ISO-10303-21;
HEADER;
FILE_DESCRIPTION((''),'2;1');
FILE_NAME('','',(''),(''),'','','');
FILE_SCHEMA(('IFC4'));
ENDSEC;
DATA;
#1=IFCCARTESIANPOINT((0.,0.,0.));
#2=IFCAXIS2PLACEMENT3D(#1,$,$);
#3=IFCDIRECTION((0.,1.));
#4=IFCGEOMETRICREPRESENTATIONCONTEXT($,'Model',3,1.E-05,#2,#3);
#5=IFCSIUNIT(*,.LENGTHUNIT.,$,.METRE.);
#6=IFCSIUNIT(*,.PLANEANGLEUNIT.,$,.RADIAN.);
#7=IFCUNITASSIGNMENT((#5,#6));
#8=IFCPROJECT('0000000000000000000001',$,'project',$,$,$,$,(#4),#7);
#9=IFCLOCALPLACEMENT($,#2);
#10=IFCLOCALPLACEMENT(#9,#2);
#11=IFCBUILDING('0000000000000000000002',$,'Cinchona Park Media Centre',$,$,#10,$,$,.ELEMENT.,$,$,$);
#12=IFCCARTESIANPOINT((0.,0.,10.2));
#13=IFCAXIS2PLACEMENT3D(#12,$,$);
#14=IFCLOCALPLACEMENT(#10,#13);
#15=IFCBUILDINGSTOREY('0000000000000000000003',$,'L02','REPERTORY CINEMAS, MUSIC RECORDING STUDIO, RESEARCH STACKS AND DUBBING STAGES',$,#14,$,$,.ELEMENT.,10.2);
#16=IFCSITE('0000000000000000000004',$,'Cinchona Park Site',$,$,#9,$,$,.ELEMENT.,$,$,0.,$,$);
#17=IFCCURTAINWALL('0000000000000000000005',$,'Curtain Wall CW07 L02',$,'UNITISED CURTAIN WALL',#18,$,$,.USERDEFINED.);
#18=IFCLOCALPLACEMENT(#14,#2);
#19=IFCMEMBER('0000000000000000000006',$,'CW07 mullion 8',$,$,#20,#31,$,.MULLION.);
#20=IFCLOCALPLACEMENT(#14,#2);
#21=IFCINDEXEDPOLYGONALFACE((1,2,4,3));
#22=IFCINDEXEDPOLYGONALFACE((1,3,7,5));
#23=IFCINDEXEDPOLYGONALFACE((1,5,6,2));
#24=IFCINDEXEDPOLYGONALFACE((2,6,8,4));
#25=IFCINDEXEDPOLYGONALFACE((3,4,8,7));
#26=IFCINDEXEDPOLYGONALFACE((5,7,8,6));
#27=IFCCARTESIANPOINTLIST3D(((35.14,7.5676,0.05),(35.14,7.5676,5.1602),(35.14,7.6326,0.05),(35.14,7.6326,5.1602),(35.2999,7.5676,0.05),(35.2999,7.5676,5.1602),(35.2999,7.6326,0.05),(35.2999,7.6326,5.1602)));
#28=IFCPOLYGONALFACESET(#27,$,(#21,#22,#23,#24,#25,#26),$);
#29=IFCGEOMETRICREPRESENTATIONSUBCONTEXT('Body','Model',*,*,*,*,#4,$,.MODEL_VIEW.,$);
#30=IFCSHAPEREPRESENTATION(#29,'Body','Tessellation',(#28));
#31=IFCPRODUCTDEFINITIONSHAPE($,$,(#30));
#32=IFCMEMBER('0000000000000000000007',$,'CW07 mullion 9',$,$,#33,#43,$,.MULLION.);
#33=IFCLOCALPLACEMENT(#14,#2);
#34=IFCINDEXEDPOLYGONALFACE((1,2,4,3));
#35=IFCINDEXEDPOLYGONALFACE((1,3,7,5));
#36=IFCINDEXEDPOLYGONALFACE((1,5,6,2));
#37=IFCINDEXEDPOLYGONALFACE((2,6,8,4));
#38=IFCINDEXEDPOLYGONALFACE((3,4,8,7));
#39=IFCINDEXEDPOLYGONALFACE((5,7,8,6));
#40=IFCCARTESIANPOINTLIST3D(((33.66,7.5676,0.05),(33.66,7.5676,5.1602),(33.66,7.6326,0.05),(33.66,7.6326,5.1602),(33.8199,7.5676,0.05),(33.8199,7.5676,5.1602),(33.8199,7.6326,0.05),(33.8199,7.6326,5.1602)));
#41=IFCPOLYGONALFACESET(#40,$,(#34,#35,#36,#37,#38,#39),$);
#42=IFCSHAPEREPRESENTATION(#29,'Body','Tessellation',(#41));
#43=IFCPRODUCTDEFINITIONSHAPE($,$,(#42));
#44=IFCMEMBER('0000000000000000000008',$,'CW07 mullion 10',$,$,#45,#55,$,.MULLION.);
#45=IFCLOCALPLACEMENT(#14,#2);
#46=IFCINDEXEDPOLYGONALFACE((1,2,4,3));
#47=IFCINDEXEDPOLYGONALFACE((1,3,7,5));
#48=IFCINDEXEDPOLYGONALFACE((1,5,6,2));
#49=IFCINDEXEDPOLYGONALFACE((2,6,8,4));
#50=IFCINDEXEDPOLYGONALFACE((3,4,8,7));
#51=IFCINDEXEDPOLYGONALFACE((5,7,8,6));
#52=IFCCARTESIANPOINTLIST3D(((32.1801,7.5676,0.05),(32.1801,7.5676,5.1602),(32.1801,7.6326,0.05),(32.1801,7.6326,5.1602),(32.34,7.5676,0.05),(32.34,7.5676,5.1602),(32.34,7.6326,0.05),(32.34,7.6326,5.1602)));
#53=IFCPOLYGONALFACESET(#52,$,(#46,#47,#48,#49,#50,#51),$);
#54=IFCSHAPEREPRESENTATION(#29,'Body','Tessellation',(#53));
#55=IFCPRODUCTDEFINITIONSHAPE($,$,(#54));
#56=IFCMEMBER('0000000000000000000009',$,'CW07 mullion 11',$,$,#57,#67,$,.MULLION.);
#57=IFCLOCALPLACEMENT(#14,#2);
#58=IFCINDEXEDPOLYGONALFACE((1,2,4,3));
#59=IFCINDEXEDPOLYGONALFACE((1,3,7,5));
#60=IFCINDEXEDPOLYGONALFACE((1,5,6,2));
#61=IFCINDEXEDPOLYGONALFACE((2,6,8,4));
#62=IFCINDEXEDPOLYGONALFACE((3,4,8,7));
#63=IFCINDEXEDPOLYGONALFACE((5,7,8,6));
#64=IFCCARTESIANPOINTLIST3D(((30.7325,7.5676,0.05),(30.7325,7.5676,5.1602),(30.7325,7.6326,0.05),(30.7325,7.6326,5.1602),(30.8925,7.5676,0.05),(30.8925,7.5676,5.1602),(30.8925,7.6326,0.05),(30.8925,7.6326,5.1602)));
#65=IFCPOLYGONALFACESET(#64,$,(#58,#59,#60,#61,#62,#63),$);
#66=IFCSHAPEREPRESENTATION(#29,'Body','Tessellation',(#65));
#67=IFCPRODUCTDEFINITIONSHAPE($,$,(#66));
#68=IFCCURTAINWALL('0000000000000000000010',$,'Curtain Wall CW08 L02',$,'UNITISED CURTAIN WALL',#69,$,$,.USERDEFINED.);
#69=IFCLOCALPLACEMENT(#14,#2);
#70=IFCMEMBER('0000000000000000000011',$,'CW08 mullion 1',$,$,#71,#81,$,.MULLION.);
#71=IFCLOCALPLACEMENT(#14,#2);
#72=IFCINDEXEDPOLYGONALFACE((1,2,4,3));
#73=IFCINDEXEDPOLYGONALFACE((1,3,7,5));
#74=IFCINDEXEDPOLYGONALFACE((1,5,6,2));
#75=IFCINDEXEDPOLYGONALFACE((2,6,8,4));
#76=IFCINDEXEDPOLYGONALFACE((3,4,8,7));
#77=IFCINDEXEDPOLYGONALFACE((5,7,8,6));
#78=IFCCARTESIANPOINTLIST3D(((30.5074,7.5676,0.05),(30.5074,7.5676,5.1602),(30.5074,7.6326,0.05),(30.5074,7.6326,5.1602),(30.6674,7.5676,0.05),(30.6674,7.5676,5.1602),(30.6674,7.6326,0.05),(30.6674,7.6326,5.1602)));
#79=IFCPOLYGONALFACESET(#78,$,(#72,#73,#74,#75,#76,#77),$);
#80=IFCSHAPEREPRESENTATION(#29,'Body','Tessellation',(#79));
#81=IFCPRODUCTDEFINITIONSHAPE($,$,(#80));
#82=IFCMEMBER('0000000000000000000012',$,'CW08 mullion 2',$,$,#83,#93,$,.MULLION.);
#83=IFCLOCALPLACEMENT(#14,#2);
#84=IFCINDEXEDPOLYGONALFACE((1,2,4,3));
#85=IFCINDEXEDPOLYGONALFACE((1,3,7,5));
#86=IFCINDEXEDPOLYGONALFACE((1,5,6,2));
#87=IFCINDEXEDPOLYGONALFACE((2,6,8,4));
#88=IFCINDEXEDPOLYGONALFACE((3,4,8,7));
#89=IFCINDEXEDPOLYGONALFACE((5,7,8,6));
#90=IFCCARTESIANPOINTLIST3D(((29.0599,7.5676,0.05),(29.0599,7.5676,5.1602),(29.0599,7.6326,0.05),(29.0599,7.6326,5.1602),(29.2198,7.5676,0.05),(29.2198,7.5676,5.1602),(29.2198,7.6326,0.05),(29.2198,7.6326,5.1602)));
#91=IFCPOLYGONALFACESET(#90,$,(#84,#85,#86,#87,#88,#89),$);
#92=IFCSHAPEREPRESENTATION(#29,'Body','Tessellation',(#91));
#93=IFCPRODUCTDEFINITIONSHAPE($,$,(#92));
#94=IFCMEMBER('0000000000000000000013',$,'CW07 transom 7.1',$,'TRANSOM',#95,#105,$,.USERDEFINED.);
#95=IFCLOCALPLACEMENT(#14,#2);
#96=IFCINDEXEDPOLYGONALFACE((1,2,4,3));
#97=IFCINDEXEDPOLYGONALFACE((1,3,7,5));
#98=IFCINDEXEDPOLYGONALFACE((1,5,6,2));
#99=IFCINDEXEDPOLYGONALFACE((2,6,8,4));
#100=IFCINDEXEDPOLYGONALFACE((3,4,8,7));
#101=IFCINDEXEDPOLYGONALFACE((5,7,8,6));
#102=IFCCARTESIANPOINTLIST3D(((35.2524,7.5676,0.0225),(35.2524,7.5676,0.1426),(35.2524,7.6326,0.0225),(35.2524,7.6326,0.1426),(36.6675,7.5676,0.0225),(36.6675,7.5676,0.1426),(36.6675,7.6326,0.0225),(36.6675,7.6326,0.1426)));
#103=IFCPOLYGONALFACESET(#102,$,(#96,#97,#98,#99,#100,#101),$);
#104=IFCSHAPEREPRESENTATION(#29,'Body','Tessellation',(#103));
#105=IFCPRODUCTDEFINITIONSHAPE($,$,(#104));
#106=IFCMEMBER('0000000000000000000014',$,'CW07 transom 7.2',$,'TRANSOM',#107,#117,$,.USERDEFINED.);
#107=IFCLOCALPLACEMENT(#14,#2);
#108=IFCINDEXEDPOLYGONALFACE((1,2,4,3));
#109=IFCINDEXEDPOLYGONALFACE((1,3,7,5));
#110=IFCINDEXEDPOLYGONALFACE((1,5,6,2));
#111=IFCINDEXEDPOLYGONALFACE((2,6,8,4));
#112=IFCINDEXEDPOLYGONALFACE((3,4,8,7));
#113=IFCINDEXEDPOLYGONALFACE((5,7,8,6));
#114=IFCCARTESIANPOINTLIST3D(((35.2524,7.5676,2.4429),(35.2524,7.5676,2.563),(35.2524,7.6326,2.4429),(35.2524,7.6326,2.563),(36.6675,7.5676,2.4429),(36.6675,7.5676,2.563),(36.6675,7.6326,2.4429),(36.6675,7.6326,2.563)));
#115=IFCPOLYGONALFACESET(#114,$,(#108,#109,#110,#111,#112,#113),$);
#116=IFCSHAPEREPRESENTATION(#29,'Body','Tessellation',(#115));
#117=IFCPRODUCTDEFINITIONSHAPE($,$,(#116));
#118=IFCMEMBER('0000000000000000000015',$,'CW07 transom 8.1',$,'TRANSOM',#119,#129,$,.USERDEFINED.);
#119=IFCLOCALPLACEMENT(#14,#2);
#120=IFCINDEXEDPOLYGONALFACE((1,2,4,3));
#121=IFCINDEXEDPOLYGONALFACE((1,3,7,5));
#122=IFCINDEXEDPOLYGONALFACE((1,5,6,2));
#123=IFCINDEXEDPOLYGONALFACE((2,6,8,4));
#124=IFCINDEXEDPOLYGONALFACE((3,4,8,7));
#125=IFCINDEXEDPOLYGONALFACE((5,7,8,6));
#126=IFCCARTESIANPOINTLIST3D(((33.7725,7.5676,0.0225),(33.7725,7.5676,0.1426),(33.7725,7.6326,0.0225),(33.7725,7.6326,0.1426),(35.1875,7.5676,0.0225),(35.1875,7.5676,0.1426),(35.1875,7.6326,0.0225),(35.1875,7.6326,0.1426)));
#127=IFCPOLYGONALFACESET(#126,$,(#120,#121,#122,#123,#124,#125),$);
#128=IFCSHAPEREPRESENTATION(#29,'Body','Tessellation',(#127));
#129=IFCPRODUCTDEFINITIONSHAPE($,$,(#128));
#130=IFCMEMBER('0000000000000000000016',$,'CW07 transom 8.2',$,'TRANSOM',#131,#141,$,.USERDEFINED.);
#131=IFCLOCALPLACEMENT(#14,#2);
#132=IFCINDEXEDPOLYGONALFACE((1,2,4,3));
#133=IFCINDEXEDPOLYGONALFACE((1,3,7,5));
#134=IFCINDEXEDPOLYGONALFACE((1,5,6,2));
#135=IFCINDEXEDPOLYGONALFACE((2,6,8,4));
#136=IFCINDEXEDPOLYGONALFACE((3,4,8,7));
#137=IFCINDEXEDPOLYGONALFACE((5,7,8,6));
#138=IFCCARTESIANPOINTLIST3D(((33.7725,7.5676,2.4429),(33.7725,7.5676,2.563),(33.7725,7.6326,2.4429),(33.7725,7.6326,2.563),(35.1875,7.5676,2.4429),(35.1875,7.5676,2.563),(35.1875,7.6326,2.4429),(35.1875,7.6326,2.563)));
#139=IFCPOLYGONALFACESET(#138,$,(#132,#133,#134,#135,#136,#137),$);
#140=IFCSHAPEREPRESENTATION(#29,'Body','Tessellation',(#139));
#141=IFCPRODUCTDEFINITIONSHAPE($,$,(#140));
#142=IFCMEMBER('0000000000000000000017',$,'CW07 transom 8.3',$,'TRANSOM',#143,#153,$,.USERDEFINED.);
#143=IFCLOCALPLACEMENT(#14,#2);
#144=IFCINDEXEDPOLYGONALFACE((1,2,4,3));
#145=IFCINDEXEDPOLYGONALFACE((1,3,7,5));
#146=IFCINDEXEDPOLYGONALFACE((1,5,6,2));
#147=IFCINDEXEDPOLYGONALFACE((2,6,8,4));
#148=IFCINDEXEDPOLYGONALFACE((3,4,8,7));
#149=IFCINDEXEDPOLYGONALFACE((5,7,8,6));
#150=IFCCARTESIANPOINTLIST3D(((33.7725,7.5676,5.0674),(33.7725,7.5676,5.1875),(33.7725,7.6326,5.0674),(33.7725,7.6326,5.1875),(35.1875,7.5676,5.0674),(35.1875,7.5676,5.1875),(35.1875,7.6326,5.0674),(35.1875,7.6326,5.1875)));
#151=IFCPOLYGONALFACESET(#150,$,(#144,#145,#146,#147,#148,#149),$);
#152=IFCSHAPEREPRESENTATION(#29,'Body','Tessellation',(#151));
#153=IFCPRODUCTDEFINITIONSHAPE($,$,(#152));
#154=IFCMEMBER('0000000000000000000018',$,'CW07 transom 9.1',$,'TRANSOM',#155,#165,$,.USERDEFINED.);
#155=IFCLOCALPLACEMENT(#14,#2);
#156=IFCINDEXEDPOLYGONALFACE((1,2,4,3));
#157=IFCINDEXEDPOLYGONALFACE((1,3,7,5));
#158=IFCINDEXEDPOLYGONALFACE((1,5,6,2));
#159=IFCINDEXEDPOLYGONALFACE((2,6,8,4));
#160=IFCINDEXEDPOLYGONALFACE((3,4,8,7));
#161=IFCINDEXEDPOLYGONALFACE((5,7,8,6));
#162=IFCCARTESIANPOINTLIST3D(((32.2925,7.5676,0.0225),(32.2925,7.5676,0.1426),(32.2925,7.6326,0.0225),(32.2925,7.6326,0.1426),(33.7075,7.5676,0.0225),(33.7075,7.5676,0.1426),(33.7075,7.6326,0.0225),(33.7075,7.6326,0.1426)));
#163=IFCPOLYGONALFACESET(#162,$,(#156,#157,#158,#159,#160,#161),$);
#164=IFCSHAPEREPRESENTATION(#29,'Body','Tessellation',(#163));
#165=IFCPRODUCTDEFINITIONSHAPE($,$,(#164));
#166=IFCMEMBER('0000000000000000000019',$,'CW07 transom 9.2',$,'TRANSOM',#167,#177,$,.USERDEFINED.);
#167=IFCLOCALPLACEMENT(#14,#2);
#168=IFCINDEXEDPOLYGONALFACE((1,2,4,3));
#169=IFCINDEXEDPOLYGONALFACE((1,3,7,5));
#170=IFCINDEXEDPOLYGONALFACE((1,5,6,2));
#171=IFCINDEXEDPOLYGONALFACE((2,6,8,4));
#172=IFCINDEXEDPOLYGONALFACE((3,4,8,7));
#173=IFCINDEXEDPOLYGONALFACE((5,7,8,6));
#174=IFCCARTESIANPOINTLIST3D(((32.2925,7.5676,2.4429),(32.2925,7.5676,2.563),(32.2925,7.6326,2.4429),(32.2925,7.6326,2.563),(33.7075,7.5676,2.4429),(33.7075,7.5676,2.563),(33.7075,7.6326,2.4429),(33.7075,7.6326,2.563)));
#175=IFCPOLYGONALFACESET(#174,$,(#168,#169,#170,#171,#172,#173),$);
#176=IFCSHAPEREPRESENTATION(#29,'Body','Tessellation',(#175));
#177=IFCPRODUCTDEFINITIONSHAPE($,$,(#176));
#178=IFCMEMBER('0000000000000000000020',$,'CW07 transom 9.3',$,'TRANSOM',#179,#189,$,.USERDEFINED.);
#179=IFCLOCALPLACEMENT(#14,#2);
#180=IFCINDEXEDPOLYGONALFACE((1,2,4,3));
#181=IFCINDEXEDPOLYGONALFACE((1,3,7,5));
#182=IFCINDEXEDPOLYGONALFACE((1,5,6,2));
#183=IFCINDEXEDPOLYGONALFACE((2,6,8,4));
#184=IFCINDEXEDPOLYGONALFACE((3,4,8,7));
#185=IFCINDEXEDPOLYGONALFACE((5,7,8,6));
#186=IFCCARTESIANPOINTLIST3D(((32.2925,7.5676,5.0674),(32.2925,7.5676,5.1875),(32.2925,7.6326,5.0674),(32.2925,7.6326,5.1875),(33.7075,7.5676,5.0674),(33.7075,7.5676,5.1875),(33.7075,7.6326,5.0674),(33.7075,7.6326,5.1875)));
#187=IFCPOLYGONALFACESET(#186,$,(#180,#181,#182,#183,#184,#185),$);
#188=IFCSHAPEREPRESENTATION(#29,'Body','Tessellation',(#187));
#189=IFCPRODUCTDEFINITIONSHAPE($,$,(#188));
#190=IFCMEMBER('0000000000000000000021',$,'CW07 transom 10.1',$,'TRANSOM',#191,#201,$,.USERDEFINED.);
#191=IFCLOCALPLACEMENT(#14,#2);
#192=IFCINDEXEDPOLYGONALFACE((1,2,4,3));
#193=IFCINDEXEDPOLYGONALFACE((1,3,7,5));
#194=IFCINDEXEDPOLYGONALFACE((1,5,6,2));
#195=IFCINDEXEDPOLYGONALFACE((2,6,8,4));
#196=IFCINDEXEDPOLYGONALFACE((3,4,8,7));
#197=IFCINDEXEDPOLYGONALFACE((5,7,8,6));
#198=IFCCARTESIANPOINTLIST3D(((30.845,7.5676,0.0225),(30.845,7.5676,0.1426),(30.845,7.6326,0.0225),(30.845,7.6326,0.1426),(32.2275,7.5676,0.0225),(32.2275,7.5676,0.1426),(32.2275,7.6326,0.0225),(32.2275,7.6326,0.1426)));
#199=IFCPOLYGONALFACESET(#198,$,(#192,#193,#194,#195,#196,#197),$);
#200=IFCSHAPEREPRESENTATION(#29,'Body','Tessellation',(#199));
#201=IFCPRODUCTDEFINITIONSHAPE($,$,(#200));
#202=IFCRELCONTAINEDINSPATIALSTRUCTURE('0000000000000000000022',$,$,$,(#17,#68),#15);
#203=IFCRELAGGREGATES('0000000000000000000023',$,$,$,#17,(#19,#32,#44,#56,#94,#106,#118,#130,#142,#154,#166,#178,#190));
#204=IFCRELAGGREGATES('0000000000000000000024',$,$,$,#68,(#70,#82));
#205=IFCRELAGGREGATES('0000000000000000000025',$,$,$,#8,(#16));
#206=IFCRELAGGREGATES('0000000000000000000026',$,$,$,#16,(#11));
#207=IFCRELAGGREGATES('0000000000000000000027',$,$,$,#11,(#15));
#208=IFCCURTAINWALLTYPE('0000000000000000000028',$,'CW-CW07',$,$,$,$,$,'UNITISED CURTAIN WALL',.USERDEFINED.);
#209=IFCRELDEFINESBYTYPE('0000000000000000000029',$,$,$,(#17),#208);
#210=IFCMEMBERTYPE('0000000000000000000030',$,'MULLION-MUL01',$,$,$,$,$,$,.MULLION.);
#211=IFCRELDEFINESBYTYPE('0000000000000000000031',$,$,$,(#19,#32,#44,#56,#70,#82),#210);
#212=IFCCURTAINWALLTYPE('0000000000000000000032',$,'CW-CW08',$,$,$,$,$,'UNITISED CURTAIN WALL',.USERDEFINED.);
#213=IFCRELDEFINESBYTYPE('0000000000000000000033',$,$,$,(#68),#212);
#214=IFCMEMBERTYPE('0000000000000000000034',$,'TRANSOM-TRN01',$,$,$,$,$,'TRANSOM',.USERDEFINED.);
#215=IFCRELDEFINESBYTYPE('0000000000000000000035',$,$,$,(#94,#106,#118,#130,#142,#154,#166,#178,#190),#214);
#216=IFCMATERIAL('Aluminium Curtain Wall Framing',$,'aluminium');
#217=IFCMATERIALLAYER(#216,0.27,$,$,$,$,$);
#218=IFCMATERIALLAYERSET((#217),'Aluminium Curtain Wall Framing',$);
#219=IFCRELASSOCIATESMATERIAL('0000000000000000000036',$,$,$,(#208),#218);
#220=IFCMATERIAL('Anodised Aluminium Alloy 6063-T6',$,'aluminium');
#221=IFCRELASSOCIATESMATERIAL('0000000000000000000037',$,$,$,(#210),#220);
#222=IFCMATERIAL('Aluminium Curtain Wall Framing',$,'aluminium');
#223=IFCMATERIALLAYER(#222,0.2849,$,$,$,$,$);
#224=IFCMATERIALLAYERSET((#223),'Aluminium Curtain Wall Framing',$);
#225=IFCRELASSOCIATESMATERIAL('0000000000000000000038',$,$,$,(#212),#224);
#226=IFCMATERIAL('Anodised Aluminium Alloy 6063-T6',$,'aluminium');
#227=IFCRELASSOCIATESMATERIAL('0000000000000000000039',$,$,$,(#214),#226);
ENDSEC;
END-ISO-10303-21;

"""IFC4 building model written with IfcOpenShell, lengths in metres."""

from ifc_helpers import new_model, si_unit, direction, frame, origin, origin_2d, place, context, subcontext, project, spatial, rectangle, extrude, material, layer, layer_set, material_profile, profile_set, type_object, element, aggregate, save


model = new_model("IFC4")

# Units and contexts
model_context = context("Model", 3, precision=1e-05, world=origin(), true_north=direction((0.0, 1.0)))
body_context = subcontext(model_context, "Body", "Model", "MODEL_VIEW")
ifc_project = project(units=[si_unit("LENGTHUNIT", "METRE"), si_unit("PLANEANGLEUNIT", "RADIAN")], contexts=[model_context])

# Site, building, storey
site_placement = place(None, origin())
site = spatial("IfcSite", under=ifc_project, at=site_placement, Name="Cinchona Park Site", CompositionType="ELEMENT", RefElevation=0.0)
building_placement = place(site_placement, origin())
building = spatial("IfcBuilding", under=site, at=building_placement, Name="Cinchona Park Media Centre", CompositionType="ELEMENT")
storey_placement = place(building_placement, frame((0.0, 0.0, 10.2)))
storey = spatial("IfcBuildingStorey", under=building, at=storey_placement, Name="L02", Description="REPERTORY CINEMAS, MUSIC RECORDING STUDIO, RESEARCH STACKS AND DUBBING STAGES", CompositionType="ELEMENT", Elevation=10.2)

# Curtain walls, members
ifc_material_1 = material(Name="Aluminium Curtain Wall Framing", Category="aluminium")
ifc_layer_1 = layer(ifc_material_1, 0.27)
ifc_layer_set_1 = layer_set([ifc_layer_1], Name="Aluminium Curtain Wall Framing")
curtain_wall_type_1 = type_object("IfcCurtainWallType", Name="CW-CW07", ElementType="UNITISED CURTAIN WALL", PredefinedType="USERDEFINED", material=ifc_layer_set_1)
curtain_wall_1_placement = place(storey_placement, origin())
curtain_wall_1 = element("IfcCurtainWall", 1, at=curtain_wall_1_placement, inside=storey, type_object=curtain_wall_type_1, Name="Curtain Wall CW07 L02", ObjectType="UNITISED CURTAIN WALL", PredefinedType="USERDEFINED")
ifc_material_2 = material(Name="Anodised Aluminium Alloy 6063-T6", Category="aluminium")
ifc_material_profile_1 = material_profile(ifc_material_2, rectangle(XDim=0.0649, YDim=0.1599, at=origin_2d()), Name="MUL-65X160")
ifc_profile_set_1 = profile_set([ifc_material_profile_1], Name="Anodised Aluminium Alloy 6063-T6")
member_type_1 = type_object("IfcMemberType", Name="MULLION-MUL01", PredefinedType="MULLION", material=ifc_profile_set_1)
member_1_placement = place(storey_placement, frame((35.22, 7.6001, 0.05), z_axis=(0.0, 0.0, 1.0), x_axis=(0.0, -1.0, 0.0)))
member_1 = element("IfcMember", 2, at=member_1_placement, type_object=member_type_1, Name="CW07 mullion 8", PredefinedType="MULLION", context=body_context, shape_type="SweptSolid", body=[
    extrude(rectangle(XDim=0.0649, YDim=0.1599, at=origin_2d()), origin(), (0.0, 0.0, 1.0), 5.1101),
])
member_2_placement = place(storey_placement, frame((33.74, 7.6001, 0.05), z_axis=(0.0, 0.0, 1.0), x_axis=(0.0, -1.0, 0.0)))
member_2 = element("IfcMember", 3, at=member_2_placement, type_object=member_type_1, Name="CW07 mullion 9", PredefinedType="MULLION", context=body_context, shape_type="SweptSolid", body=[
    extrude(rectangle(XDim=0.0649, YDim=0.1599, at=origin_2d()), origin(), (0.0, 0.0, 1.0), 5.1101),
])
member_3_placement = place(storey_placement, frame((32.26, 7.6001, 0.05), z_axis=(0.0, 0.0, 1.0), x_axis=(0.0, -1.0, 0.0)))
member_3 = element("IfcMember", 4, at=member_3_placement, type_object=member_type_1, Name="CW07 mullion 10", PredefinedType="MULLION", context=body_context, shape_type="SweptSolid", body=[
    extrude(rectangle(XDim=0.0649, YDim=0.1599, at=origin_2d()), origin(), (0.0, 0.0, 1.0), 5.1101),
])
member_4_placement = place(storey_placement, frame((30.8125, 7.6001, 0.05), z_axis=(0.0, 0.0, 1.0), x_axis=(0.0, -1.0, 0.0)))
member_4 = element("IfcMember", 5, at=member_4_placement, type_object=member_type_1, Name="CW07 mullion 11", PredefinedType="MULLION", context=body_context, shape_type="SweptSolid", body=[
    extrude(rectangle(XDim=0.0649, YDim=0.1599, at=origin_2d()), origin(), (0.0, 0.0, 1.0), 5.1101),
])
ifc_material_3 = material(Name="Aluminium Curtain Wall Framing", Category="aluminium")
ifc_layer_2 = layer(ifc_material_3, 0.2849)
ifc_layer_set_2 = layer_set([ifc_layer_2], Name="Aluminium Curtain Wall Framing")
curtain_wall_type_2 = type_object("IfcCurtainWallType", Name="CW-CW08", ElementType="UNITISED CURTAIN WALL", PredefinedType="USERDEFINED", material=ifc_layer_set_2)
curtain_wall_2_placement = place(storey_placement, origin())
curtain_wall_2 = element("IfcCurtainWall", 6, at=curtain_wall_2_placement, inside=storey, type_object=curtain_wall_type_2, Name="Curtain Wall CW08 L02", ObjectType="UNITISED CURTAIN WALL", PredefinedType="USERDEFINED")
member_5_placement = place(storey_placement, frame((30.5874, 7.6001, 0.05), z_axis=(0.0, 0.0, 1.0), x_axis=(0.0, -1.0, 0.0)))
member_5 = element("IfcMember", 7, at=member_5_placement, type_object=member_type_1, Name="CW08 mullion 1", PredefinedType="MULLION", context=body_context, shape_type="SweptSolid", body=[
    extrude(rectangle(XDim=0.0649, YDim=0.1599, at=origin_2d()), origin(), (0.0, 0.0, 1.0), 5.1101),
])
member_6_placement = place(storey_placement, frame((29.1399, 7.6001, 0.05), z_axis=(0.0, 0.0, 1.0), x_axis=(0.0, -1.0, 0.0)))
member_6 = element("IfcMember", 8, at=member_6_placement, type_object=member_type_1, Name="CW08 mullion 2", PredefinedType="MULLION", context=body_context, shape_type="SweptSolid", body=[
    extrude(rectangle(XDim=0.0649, YDim=0.1599, at=origin_2d()), origin(), (0.0, 0.0, 1.0), 5.1101),
])

# Members
ifc_material_4 = material(Name="Anodised Aluminium Alloy 6063-T6", Category="aluminium")
ifc_material_profile_2 = material_profile(ifc_material_4, rectangle(XDim=0.0649, YDim=0.1201, at=origin_2d()), Name="TRN-65X120")
ifc_profile_set_2 = profile_set([ifc_material_profile_2], Name="Anodised Aluminium Alloy 6063-T6")
member_type_2 = type_object("IfcMemberType", Name="TRANSOM-TRN01", ElementType="TRANSOM", PredefinedType="USERDEFINED", material=ifc_profile_set_2)
member_7_placement = place(storey_placement, frame((36.6675, 7.6001, 0.0825), z_axis=(-1.0, 0.0, 0.0), x_axis=(0.0, -1.0, 0.0)))
member_7 = element("IfcMember", 9, at=member_7_placement, type_object=member_type_2, Name="CW07 transom 7.1", ObjectType="TRANSOM", PredefinedType="USERDEFINED", context=body_context, shape_type="SweptSolid", body=[
    extrude(rectangle(XDim=0.0649, YDim=0.1201, at=origin_2d()), origin(), (0.0, 0.0, 1.0), 1.415),
])
member_8_placement = place(storey_placement, frame((36.6675, 7.6001, 2.5029), z_axis=(-1.0, 0.0, 0.0), x_axis=(0.0, -1.0, 0.0)))
member_8 = element("IfcMember", 10, at=member_8_placement, type_object=member_type_2, Name="CW07 transom 7.2", ObjectType="TRANSOM", PredefinedType="USERDEFINED", context=body_context, shape_type="SweptSolid", body=[
    extrude(rectangle(XDim=0.0649, YDim=0.1201, at=origin_2d()), origin(), (0.0, 0.0, 1.0), 1.415),
])
member_9_placement = place(storey_placement, frame((35.1875, 7.6001, 0.0825), z_axis=(-1.0, 0.0, 0.0), x_axis=(0.0, -1.0, 0.0)))
member_9 = element("IfcMember", 11, at=member_9_placement, type_object=member_type_2, Name="CW07 transom 8.1", ObjectType="TRANSOM", PredefinedType="USERDEFINED", context=body_context, shape_type="SweptSolid", body=[
    extrude(rectangle(XDim=0.0649, YDim=0.1201, at=origin_2d()), origin(), (0.0, 0.0, 1.0), 1.415),
])
member_10_placement = place(storey_placement, frame((35.1875, 7.6001, 2.5029), z_axis=(-1.0, 0.0, 0.0), x_axis=(0.0, -1.0, 0.0)))
member_10 = element("IfcMember", 12, at=member_10_placement, type_object=member_type_2, Name="CW07 transom 8.2", ObjectType="TRANSOM", PredefinedType="USERDEFINED", context=body_context, shape_type="SweptSolid", body=[
    extrude(rectangle(XDim=0.0649, YDim=0.1201, at=origin_2d()), origin(), (0.0, 0.0, 1.0), 1.415),
])
member_11_placement = place(storey_placement, frame((35.1875, 7.6001, 5.1274), z_axis=(-1.0, 0.0, 0.0), x_axis=(0.0, -1.0, 0.0)))
member_11 = element("IfcMember", 13, at=member_11_placement, type_object=member_type_2, Name="CW07 transom 8.3", ObjectType="TRANSOM", PredefinedType="USERDEFINED", context=body_context, shape_type="SweptSolid", body=[
    extrude(rectangle(XDim=0.0649, YDim=0.1201, at=origin_2d()), origin(), (0.0, 0.0, 1.0), 1.415),
])
member_12_placement = place(storey_placement, frame((33.7075, 7.6001, 0.0825), z_axis=(-1.0, 0.0, 0.0), x_axis=(0.0, -1.0, 0.0)))
member_12 = element("IfcMember", 14, at=member_12_placement, type_object=member_type_2, Name="CW07 transom 9.1", ObjectType="TRANSOM", PredefinedType="USERDEFINED", context=body_context, shape_type="SweptSolid", body=[
    extrude(rectangle(XDim=0.0649, YDim=0.1201, at=origin_2d()), origin(), (0.0, 0.0, 1.0), 1.415),
])
member_13_placement = place(storey_placement, frame((33.7075, 7.6001, 2.5029), z_axis=(-1.0, 0.0, 0.0), x_axis=(0.0, -1.0, 0.0)))
member_13 = element("IfcMember", 15, at=member_13_placement, type_object=member_type_2, Name="CW07 transom 9.2", ObjectType="TRANSOM", PredefinedType="USERDEFINED", context=body_context, shape_type="SweptSolid", body=[
    extrude(rectangle(XDim=0.0649, YDim=0.1201, at=origin_2d()), origin(), (0.0, 0.0, 1.0), 1.415),
])
member_14_placement = place(storey_placement, frame((33.7075, 7.6001, 5.1274), z_axis=(-1.0, 0.0, 0.0), x_axis=(0.0, -1.0, 0.0)))
member_14 = element("IfcMember", 16, at=member_14_placement, type_object=member_type_2, Name="CW07 transom 9.3", ObjectType="TRANSOM", PredefinedType="USERDEFINED", context=body_context, shape_type="SweptSolid", body=[
    extrude(rectangle(XDim=0.0649, YDim=0.1201, at=origin_2d()), origin(), (0.0, 0.0, 1.0), 1.415),
])
member_15_placement = place(storey_placement, frame((32.2275, 7.6001, 0.0825), z_axis=(-1.0, 0.0, 0.0), x_axis=(0.0, -1.0, 0.0)))
member_15 = element("IfcMember", 17, at=member_15_placement, type_object=member_type_2, Name="CW07 transom 10.1", ObjectType="TRANSOM", PredefinedType="USERDEFINED", context=body_context, shape_type="SweptSolid", body=[
    extrude(rectangle(XDim=0.0649, YDim=0.1201, at=origin_2d()), origin(), (0.0, 0.0, 1.0), 1.3826),
])

aggregate(curtain_wall_1, [member_1, member_2, member_3, member_4, member_7, member_8, member_9, member_10, member_11, member_12, member_13, member_14, member_15])
aggregate(curtain_wall_2, [member_5, member_6])

save(model, "model.ifc")
